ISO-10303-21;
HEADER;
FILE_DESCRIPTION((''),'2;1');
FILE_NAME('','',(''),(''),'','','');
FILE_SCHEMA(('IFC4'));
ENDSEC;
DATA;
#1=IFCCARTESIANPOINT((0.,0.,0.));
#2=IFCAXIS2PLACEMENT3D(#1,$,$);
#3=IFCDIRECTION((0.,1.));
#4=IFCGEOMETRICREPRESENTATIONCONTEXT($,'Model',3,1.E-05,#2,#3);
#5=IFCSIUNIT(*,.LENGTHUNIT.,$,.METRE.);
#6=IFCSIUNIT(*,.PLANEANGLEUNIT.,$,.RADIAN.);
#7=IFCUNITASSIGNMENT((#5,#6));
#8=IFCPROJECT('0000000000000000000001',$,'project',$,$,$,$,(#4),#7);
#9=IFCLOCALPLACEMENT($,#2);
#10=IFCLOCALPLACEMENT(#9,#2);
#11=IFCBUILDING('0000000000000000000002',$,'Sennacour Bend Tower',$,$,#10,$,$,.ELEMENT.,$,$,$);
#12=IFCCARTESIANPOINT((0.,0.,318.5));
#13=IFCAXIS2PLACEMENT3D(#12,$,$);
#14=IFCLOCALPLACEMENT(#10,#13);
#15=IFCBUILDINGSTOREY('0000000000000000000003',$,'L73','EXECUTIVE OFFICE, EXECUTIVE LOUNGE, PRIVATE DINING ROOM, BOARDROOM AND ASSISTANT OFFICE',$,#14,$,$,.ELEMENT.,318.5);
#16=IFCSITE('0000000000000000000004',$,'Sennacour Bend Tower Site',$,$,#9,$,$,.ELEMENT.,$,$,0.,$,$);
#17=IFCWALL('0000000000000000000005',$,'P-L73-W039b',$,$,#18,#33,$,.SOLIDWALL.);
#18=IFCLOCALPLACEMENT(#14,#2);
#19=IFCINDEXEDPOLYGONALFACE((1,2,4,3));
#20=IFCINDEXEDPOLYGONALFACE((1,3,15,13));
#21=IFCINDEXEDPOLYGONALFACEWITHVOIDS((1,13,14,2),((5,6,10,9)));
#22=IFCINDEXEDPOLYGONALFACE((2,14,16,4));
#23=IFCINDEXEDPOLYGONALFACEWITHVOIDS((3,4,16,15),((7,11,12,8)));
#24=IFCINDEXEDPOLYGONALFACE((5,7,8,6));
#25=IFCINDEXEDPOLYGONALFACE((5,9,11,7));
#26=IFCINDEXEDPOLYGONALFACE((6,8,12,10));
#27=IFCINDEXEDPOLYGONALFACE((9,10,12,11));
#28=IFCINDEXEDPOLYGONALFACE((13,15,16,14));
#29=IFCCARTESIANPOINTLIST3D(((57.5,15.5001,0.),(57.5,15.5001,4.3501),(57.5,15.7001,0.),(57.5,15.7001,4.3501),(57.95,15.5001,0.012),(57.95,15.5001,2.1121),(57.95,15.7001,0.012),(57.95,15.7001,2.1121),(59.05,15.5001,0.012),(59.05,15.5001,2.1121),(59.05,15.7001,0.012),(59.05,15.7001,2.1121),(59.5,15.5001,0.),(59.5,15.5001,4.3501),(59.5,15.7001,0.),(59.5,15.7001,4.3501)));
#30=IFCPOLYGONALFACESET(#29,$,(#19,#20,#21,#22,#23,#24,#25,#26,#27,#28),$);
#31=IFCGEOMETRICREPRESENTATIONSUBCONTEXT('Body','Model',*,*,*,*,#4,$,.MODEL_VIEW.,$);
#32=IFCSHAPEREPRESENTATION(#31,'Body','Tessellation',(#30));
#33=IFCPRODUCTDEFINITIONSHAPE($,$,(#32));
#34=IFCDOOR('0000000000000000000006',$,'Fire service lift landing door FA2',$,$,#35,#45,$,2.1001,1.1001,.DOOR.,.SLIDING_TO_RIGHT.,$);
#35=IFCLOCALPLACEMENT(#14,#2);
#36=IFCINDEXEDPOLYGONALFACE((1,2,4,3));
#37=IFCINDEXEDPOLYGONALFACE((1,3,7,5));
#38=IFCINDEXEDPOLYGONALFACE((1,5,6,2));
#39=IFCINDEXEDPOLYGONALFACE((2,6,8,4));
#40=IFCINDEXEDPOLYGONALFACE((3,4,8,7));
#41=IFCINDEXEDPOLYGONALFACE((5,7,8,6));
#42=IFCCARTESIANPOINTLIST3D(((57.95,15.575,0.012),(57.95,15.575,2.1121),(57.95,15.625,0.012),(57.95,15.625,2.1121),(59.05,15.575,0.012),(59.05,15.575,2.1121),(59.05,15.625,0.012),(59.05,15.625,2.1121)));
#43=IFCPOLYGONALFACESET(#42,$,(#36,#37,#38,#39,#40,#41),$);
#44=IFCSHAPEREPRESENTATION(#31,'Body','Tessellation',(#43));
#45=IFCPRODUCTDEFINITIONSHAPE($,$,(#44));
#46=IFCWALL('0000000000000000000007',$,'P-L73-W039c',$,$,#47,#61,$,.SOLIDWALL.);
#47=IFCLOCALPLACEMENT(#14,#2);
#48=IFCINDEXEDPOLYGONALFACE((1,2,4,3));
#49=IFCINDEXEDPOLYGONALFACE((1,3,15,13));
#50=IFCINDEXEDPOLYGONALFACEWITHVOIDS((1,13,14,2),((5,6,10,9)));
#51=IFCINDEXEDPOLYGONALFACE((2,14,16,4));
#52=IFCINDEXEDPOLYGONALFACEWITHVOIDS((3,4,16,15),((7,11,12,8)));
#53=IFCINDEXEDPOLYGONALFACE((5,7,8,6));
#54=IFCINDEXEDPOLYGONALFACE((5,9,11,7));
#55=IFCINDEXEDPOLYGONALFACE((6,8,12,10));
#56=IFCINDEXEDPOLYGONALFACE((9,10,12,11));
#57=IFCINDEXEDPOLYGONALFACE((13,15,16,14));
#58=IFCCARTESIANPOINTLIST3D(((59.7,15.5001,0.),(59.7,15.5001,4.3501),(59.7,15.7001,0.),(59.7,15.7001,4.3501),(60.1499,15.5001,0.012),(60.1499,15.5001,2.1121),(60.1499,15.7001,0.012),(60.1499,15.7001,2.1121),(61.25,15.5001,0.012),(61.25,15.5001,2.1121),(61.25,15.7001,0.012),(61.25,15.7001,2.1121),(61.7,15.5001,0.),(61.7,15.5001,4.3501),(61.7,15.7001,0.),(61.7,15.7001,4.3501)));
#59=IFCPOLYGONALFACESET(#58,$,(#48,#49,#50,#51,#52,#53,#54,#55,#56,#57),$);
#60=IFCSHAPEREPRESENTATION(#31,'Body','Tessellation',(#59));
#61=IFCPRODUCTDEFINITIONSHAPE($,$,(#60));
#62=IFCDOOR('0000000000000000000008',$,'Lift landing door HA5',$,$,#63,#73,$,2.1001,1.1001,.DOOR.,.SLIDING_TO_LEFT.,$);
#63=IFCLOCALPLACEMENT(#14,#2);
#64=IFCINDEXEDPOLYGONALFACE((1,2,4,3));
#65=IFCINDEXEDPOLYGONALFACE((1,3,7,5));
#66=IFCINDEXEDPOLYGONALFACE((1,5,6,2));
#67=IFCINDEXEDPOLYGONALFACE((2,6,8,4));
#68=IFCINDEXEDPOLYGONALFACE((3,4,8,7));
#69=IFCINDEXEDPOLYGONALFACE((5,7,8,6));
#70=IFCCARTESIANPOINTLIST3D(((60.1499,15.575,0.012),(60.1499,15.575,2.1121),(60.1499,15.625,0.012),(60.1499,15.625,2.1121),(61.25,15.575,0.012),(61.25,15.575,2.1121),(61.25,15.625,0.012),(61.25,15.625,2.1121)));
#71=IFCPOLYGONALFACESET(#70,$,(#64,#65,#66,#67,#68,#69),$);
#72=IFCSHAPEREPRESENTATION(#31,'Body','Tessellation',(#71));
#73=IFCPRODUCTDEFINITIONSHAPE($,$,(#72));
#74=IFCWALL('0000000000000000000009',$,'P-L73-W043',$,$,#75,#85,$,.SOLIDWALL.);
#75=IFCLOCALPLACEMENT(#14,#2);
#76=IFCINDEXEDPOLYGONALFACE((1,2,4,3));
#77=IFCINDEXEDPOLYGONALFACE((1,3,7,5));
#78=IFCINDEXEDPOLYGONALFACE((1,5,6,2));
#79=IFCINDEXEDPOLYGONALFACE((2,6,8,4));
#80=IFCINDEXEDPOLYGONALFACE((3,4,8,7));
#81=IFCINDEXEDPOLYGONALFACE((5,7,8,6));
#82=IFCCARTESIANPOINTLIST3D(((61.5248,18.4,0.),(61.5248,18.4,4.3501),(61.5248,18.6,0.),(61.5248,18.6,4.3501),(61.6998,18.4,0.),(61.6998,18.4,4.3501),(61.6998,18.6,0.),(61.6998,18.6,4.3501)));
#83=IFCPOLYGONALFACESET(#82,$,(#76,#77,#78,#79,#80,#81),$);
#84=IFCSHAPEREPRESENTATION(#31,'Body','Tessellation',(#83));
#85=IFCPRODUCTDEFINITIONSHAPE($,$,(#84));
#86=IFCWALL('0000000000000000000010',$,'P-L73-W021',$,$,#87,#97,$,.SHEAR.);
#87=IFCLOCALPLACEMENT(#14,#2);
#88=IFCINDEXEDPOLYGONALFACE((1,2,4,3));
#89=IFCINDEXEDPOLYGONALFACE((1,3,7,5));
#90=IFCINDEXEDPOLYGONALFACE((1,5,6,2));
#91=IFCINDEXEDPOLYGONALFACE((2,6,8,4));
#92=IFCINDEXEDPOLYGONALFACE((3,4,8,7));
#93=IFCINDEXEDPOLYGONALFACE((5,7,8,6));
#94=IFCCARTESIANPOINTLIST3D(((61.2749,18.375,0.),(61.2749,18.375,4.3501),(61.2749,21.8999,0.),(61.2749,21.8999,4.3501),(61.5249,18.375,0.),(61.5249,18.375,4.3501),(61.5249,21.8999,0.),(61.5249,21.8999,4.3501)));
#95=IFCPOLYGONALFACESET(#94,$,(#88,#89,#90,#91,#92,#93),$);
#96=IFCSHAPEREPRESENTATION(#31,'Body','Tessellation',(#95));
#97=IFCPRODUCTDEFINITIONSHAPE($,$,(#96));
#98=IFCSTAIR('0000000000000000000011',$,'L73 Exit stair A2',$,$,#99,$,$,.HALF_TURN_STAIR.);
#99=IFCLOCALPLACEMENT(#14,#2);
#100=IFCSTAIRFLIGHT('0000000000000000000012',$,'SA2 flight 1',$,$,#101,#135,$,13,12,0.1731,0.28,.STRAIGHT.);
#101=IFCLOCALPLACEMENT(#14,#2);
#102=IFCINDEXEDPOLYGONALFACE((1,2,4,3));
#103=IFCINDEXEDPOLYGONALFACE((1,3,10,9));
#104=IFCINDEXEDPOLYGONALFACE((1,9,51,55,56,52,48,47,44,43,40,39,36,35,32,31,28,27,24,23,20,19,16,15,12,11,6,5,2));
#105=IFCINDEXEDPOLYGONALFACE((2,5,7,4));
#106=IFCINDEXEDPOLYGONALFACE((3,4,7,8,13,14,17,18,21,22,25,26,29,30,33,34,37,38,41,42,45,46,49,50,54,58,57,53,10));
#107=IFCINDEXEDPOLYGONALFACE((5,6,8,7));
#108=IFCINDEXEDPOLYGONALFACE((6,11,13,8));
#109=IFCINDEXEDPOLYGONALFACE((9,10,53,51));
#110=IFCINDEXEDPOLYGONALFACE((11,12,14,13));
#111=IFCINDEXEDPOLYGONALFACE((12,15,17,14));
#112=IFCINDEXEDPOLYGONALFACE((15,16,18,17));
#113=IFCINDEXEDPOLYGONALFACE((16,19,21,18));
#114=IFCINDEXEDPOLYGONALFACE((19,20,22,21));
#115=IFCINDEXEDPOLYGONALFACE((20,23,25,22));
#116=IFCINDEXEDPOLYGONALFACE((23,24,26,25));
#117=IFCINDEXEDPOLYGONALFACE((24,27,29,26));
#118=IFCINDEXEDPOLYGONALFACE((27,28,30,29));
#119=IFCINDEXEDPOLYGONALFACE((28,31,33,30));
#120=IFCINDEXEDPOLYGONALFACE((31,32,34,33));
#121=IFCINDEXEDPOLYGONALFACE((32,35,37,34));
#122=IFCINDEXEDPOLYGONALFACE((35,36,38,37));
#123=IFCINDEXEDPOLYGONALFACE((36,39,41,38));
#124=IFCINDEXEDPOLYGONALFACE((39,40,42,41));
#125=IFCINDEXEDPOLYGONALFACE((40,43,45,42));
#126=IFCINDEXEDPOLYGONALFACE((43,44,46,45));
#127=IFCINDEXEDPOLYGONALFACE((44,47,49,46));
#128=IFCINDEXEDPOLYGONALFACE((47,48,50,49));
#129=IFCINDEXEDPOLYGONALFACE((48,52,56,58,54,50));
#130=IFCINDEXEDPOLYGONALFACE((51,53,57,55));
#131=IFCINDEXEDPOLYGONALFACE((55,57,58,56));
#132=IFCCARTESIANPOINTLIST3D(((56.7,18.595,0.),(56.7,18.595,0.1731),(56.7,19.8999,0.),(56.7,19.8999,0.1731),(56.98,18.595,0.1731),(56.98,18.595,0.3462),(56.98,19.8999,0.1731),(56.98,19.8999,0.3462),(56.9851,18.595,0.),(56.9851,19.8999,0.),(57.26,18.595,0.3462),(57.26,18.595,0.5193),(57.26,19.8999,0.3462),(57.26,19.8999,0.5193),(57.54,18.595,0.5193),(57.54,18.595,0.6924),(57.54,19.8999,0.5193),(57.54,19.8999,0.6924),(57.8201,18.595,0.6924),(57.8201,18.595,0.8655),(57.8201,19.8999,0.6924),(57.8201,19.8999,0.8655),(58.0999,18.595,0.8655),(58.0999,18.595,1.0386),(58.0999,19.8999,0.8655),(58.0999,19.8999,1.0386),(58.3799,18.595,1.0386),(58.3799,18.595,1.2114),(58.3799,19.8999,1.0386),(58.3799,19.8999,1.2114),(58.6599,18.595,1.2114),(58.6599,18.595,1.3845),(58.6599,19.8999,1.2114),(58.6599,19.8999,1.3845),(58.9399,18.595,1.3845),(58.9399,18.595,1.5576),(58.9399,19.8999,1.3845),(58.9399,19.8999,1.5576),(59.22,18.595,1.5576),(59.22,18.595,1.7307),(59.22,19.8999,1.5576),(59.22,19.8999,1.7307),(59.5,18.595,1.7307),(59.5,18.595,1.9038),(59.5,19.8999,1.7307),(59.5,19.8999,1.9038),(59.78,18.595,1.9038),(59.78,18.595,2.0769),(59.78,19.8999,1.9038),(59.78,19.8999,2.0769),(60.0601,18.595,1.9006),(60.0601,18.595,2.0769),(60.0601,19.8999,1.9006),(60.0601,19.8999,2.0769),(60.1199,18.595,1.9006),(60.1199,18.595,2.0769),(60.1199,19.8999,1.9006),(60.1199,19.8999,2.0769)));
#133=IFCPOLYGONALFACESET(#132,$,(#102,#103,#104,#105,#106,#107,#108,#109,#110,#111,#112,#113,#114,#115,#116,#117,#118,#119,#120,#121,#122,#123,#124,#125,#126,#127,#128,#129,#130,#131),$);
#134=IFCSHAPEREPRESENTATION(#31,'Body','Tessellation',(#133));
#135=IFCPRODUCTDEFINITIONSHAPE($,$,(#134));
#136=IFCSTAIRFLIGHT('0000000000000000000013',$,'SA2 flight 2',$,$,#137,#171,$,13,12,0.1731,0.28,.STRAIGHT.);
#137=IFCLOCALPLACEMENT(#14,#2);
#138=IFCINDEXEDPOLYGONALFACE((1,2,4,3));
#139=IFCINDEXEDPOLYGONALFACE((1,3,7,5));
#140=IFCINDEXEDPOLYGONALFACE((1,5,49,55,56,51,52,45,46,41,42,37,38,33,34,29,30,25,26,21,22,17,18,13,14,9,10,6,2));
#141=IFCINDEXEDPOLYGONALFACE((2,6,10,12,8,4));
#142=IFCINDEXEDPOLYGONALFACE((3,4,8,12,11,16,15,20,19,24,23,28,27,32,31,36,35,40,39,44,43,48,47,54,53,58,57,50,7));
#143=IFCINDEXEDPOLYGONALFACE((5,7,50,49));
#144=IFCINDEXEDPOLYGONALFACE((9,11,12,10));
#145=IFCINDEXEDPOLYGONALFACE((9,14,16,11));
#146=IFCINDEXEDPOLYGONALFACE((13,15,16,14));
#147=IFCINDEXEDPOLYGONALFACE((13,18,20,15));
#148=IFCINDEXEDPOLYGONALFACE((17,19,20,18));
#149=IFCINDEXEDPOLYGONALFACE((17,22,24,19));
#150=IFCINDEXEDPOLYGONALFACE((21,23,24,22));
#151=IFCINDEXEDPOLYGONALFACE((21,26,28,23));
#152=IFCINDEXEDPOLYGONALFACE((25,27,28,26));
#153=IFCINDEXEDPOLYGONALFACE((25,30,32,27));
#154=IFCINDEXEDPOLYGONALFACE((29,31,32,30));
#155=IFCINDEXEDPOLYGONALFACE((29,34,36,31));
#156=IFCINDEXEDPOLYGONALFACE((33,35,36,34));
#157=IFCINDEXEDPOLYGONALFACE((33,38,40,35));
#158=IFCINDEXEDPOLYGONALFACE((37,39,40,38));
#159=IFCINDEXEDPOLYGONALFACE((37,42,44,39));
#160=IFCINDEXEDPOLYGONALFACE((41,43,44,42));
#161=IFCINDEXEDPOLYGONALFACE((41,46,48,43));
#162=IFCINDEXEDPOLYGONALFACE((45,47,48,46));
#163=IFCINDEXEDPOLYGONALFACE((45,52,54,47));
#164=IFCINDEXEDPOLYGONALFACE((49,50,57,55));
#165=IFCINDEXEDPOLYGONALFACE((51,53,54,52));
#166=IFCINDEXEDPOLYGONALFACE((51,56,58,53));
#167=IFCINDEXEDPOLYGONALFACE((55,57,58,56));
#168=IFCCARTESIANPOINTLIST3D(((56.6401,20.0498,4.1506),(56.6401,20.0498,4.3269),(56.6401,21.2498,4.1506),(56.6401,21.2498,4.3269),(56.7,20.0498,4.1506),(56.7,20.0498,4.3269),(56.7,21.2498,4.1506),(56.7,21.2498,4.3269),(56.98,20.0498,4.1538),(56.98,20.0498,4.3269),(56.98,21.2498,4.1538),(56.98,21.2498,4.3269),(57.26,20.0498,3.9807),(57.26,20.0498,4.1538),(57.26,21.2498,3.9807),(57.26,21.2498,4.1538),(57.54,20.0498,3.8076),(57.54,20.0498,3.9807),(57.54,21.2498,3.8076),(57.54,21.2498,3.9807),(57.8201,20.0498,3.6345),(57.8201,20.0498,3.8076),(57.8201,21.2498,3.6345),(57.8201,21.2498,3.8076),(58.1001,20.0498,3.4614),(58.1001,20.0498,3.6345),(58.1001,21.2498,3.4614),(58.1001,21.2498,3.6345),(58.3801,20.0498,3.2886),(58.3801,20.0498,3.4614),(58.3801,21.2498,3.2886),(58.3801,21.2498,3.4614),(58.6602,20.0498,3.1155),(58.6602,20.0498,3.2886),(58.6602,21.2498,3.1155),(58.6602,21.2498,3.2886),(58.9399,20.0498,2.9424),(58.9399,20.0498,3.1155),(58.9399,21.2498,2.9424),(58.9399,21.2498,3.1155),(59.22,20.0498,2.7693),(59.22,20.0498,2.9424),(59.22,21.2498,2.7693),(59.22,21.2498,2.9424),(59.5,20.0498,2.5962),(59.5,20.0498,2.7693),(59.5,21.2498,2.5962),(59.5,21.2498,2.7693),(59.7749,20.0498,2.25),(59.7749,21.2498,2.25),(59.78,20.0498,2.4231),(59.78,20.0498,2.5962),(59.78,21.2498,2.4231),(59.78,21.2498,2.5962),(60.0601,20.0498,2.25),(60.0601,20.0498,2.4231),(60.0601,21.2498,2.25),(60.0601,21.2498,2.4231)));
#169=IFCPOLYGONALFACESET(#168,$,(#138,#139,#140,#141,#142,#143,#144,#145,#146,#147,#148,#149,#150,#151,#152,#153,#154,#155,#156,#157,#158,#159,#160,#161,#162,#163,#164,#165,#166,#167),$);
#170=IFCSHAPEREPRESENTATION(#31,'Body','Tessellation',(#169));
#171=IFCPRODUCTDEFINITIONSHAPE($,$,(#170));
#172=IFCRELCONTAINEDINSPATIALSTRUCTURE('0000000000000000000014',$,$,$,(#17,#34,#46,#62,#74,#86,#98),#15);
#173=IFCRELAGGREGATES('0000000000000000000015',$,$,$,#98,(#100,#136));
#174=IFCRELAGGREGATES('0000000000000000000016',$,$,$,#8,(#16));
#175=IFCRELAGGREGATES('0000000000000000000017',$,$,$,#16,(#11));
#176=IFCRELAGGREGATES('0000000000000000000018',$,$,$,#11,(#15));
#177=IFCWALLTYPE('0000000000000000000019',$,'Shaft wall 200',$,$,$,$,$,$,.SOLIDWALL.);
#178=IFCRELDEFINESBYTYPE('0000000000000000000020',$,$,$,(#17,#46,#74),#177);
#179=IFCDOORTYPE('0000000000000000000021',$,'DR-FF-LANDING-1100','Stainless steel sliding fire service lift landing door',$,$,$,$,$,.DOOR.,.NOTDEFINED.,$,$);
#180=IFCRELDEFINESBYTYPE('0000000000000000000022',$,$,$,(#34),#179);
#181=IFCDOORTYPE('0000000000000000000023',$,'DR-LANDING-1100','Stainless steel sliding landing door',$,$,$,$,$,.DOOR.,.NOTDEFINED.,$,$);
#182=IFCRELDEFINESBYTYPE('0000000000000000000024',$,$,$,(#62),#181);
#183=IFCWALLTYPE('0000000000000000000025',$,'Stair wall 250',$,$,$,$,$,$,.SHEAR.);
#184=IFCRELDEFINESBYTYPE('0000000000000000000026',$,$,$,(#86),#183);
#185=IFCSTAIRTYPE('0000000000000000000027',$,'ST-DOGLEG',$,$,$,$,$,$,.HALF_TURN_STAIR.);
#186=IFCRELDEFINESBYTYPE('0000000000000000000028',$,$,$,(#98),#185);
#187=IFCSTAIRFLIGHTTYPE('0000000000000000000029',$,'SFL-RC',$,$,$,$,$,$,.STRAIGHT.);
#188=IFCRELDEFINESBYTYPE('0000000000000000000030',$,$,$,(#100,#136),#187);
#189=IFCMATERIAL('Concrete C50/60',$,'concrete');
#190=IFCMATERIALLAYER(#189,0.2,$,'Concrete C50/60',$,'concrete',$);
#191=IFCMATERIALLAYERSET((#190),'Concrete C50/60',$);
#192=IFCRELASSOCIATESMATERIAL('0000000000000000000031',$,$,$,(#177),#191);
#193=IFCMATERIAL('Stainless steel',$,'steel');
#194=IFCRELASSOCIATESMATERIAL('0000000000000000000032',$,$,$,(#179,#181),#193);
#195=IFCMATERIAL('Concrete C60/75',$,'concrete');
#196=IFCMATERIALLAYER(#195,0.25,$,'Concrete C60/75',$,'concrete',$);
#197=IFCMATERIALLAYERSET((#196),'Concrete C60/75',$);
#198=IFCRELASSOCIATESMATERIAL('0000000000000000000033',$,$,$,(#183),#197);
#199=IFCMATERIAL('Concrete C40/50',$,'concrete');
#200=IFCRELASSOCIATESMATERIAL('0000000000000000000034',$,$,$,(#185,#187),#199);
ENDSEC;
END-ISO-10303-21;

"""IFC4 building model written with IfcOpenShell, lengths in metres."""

from ifc_helpers import new_model, si_unit, direction, frame, frame_2d, origin, place, context, subcontext, project, spatial, polyline, rectangle, outline, extrude, material, layer, layer_set, type_object, element, fill, aggregate, save


model = new_model("IFC4")

# Units and contexts
model_context = context("Model", 3, precision=1e-05, world=origin(), true_north=direction((0.0, 1.0)))
body_context = subcontext(model_context, "Body", "Model", "MODEL_VIEW")
ifc_project = project(units=[si_unit("LENGTHUNIT", "METRE"), si_unit("PLANEANGLEUNIT", "RADIAN")], contexts=[model_context])

# Site, building, storey
site_placement = place(None, origin())
site = spatial("IfcSite", under=ifc_project, at=site_placement, Name="Sennacour Bend Tower Site", CompositionType="ELEMENT", RefElevation=0.0)
building_placement = place(site_placement, origin())
building = spatial("IfcBuilding", under=site, at=building_placement, Name="Sennacour Bend Tower", CompositionType="ELEMENT")
storey_placement = place(building_placement, frame((0.0, 0.0, 318.5)))
storey = spatial("IfcBuildingStorey", under=building, at=storey_placement, Name="L73", Description="EXECUTIVE OFFICE, EXECUTIVE LOUNGE, PRIVATE DINING ROOM, BOARDROOM AND ASSISTANT OFFICE", CompositionType="ELEMENT", Elevation=318.5)

# Shared definitions
ifc_material_1 = material(Name="Concrete C50/60", Category="concrete")
ifc_layer_1 = layer(ifc_material_1, 0.2, Name="Concrete C50/60", Category="concrete")
ifc_layer_set_1 = layer_set([ifc_layer_1], Name="Concrete C50/60")
wall_type_1 = type_object("IfcWallType", Name="Shaft wall 200", PredefinedType="SOLIDWALL", material=ifc_layer_set_1)

# Walls, openings, doors
wall_1_placement = place(storey_placement, frame((57.5, 15.6001, 0.0), z_axis=(0.0, 0.0, 1.0), x_axis=(1.0, 0.0, 0.0)))
wall_1 = element("IfcWall", 1, at=wall_1_placement, inside=storey, type_object=wall_type_1, Name="P-L73-W039b", PredefinedType="SOLIDWALL", context=body_context, shape_type="SweptSolid", body=[
    extrude(rectangle(XDim=2.0, YDim=0.2, at=frame_2d((1.0, 0.0))), origin(), (0.0, 0.0, 1.0), 4.3501),
])
opening_1_placement = place(wall_1_placement, frame((0.45, 0.0, 0.012)))
opening_1 = element("IfcOpeningElement", 2, at=opening_1_placement, cuts=wall_1, PredefinedType="OPENING", context=body_context, shape_type="SweptSolid", body=[
    extrude(rectangle(XDim=1.1001, YDim=2.1001, at=frame_2d((0.55, 1.05))), frame((0.0, 0.1099, 0.0), z_axis=(0.0, -1.0, 0.0), x_axis=(1.0, 0.0, 0.0)), (0.0, 0.0, 1.0), 0.22),
])
ifc_material_2 = material(Name="Stainless steel", Category="steel")
door_type_1 = type_object("IfcDoorType", Name="DR-FF-LANDING-1100", Description="Stainless steel sliding fire service lift landing door", OperationType="NOTDEFINED", PredefinedType="DOOR", material=ifc_material_2)
door_1_placement = place(opening_1_placement, origin())
door_1 = element("IfcDoor", 3, at=door_1_placement, inside=storey, type_object=door_type_1, Name="Fire service lift landing door FA2", OperationType="SLIDING_TO_RIGHT", OverallHeight=2.1001, OverallWidth=1.1001, PredefinedType="DOOR", context=body_context, shape_type="SweptSolid", body=[
    extrude(rectangle(XDim=1.1001, YDim=2.1001, at=frame_2d((0.55, 1.05))), frame((0.0, 0.0249, 0.0), z_axis=(0.0, -1.0, 0.0), x_axis=(1.0, 0.0, 0.0)), (0.0, 0.0, 1.0), 0.05),
])
fill(opening_1, door_1)
wall_2_placement = place(storey_placement, frame((59.7, 15.6001, 0.0), z_axis=(0.0, 0.0, 1.0), x_axis=(1.0, 0.0, 0.0)))
wall_2 = element("IfcWall", 4, at=wall_2_placement, inside=storey, type_object=wall_type_1, Name="P-L73-W039c", PredefinedType="SOLIDWALL", context=body_context, shape_type="SweptSolid", body=[
    extrude(rectangle(XDim=2.0, YDim=0.2, at=frame_2d((1.0, 0.0))), origin(), (0.0, 0.0, 1.0), 4.3501),
])
opening_2_placement = place(wall_2_placement, frame((0.45, 0.0, 0.012)))
opening_2 = element("IfcOpeningElement", 5, at=opening_2_placement, cuts=wall_2, PredefinedType="OPENING", context=body_context, shape_type="SweptSolid", body=[
    extrude(rectangle(XDim=1.1001, YDim=2.1001, at=frame_2d((0.55, 1.05))), frame((0.0, 0.1099, 0.0), z_axis=(0.0, -1.0, 0.0), x_axis=(1.0, 0.0, 0.0)), (0.0, 0.0, 1.0), 0.22),
])
door_type_2 = type_object("IfcDoorType", Name="DR-LANDING-1100", Description="Stainless steel sliding landing door", OperationType="NOTDEFINED", PredefinedType="DOOR", material=ifc_material_2)
door_2_placement = place(opening_2_placement, origin())
door_2 = element("IfcDoor", 6, at=door_2_placement, inside=storey, type_object=door_type_2, Name="Lift landing door HA5", OperationType="SLIDING_TO_LEFT", OverallHeight=2.1001, OverallWidth=1.1001, PredefinedType="DOOR", context=body_context, shape_type="SweptSolid", body=[
    extrude(rectangle(XDim=1.1001, YDim=2.1001, at=frame_2d((0.55, 1.05))), frame((0.0, 0.0249, 0.0), z_axis=(0.0, -1.0, 0.0), x_axis=(1.0, 0.0, 0.0)), (0.0, 0.0, 1.0), 0.05),
])
fill(opening_2, door_2)

# Walls
wall_3_placement = place(storey_placement, frame((61.5249, 18.5, 0.0), z_axis=(0.0, 0.0, 1.0), x_axis=(1.0, 0.0, 0.0)))
element("IfcWall", 7, at=wall_3_placement, inside=storey, type_object=wall_type_1, Name="P-L73-W043", PredefinedType="SOLIDWALL", context=body_context, shape_type="SweptSolid", body=[
    extrude(rectangle(XDim=0.175, YDim=0.2, at=frame_2d((0.0874, 0.0))), origin(), (0.0, 0.0, 1.0), 4.3501),
])
ifc_material_3 = material(Name="Concrete C60/75", Category="concrete")
ifc_layer_2 = layer(ifc_material_3, 0.25, Name="Concrete C60/75", Category="concrete")
ifc_layer_set_2 = layer_set([ifc_layer_2], Name="Concrete C60/75")
wall_type_2 = type_object("IfcWallType", Name="Stair wall 250", PredefinedType="SHEAR", material=ifc_layer_set_2)
wall_4_placement = place(storey_placement, frame((61.3999, 18.375, 0.0), z_axis=(0.0, 0.0, 1.0), x_axis=(0.0, 1.0, 0.0)))
element("IfcWall", 8, at=wall_4_placement, inside=storey, type_object=wall_type_2, Name="P-L73-W021", PredefinedType="SHEAR", context=body_context, shape_type="SweptSolid", body=[
    extrude(rectangle(XDim=3.5249, YDim=0.25, at=frame_2d((1.7625, 0.0))), origin(), (0.0, 0.0, 1.0), 4.3501),
])

# Stair, stair flights
ifc_material_4 = material(Name="Concrete C40/50", Category="concrete")
stair_type = type_object("IfcStairType", Name="ST-DOGLEG", PredefinedType="HALF_TURN_STAIR", material=ifc_material_4)
stair_placement = place(storey_placement, origin())
stair = element("IfcStair", 9, at=stair_placement, inside=storey, type_object=stair_type, Name="L73 Exit stair A2", PredefinedType="HALF_TURN_STAIR")
stair_flight_type = type_object("IfcStairFlightType", Name="SFL-RC", PredefinedType="STRAIGHT", material=ifc_material_4)
stair_flight_1_placement = place(storey_placement, frame((56.7, 19.2476, 0.0), z_axis=(0.0, 0.0, 1.0), x_axis=(1.0, 0.0, 0.0)))
stair_flight_1 = element("IfcStairFlight", 10, at=stair_flight_1_placement, type_object=stair_flight_type, Name="SA2 flight 1", NumberOfRisers=13, NumberOfTreads=12, PredefinedType="STRAIGHT", RiserHeight=0.1731, TreadLength=0.28, context=body_context, shape_type="SweptSolid", body=[
    extrude(outline(polyline([(0.0, 0.0), (0.0, 0.1731), (0.28, 0.1731), (0.28, 0.3462), (0.5601, 0.3462), (0.5601, 0.5193), (0.8401, 0.5193), (0.8401, 0.6924), (1.1201, 0.6924), (1.1201, 0.8655), (1.3999, 0.8655), (1.3999, 1.0386), (1.6799, 1.0386), (1.6799, 1.2114), (1.96, 1.2114), (1.96, 1.3845), (2.24, 1.3845), (2.24, 1.5576), (2.52, 1.5576), (2.52, 1.7307), (2.8, 1.7307), (2.8, 1.9038), (3.0801, 1.9038), (3.0801, 2.0769), (3.3601, 2.0769), (3.4199, 2.0769), (3.4199, 1.9006), (3.3601, 1.9006), (0.2852, 0.0), (0.0, 0.0)])), frame((0.0, 0.6523, 0.0), z_axis=(0.0, -1.0, 0.0), x_axis=(1.0, 0.0, 0.0)), (0.0, 0.0, 1.0), 1.3049),
])
stair_flight_2_placement = place(storey_placement, frame((60.0601, 20.6499, 2.25), z_axis=(0.0, 0.0, 1.0), x_axis=(-1.0, 0.0, 0.0)))
stair_flight_2 = element("IfcStairFlight", 11, at=stair_flight_2_placement, type_object=stair_flight_type, Name="SA2 flight 2", NumberOfRisers=13, NumberOfTreads=12, PredefinedType="STRAIGHT", RiserHeight=0.1731, TreadLength=0.28, context=body_context, shape_type="SweptSolid", body=[
    extrude(outline(polyline([(0.0, 0.0), (0.0, 0.1731), (0.28, 0.1731), (0.28, 0.3462), (0.5601, 0.3462), (0.5601, 0.5193), (0.8401, 0.5193), (0.8401, 0.6924), (1.1201, 0.6924), (1.1201, 0.8655), (1.3999, 0.8655), (1.3999, 1.0386), (1.6799, 1.0386), (1.6799, 1.2114), (1.96, 1.2114), (1.96, 1.3845), (2.24, 1.3845), (2.24, 1.5576), (2.52, 1.5576), (2.52, 1.7307), (2.8, 1.7307), (2.8, 1.9038), (3.0801, 1.9038), (3.0801, 2.0769), (3.3601, 2.0769), (3.4199, 2.0769), (3.4199, 1.9006), (3.3601, 1.9006), (0.2852, 0.0), (0.0, 0.0)])), frame((0.0, 0.6001, 0.0), z_axis=(0.0, -1.0, 0.0), x_axis=(1.0, 0.0, 0.0)), (0.0, 0.0, 1.0), 1.2),
])
aggregate(stair, [stair_flight_1, stair_flight_2])

save(model, "model.ifc")
